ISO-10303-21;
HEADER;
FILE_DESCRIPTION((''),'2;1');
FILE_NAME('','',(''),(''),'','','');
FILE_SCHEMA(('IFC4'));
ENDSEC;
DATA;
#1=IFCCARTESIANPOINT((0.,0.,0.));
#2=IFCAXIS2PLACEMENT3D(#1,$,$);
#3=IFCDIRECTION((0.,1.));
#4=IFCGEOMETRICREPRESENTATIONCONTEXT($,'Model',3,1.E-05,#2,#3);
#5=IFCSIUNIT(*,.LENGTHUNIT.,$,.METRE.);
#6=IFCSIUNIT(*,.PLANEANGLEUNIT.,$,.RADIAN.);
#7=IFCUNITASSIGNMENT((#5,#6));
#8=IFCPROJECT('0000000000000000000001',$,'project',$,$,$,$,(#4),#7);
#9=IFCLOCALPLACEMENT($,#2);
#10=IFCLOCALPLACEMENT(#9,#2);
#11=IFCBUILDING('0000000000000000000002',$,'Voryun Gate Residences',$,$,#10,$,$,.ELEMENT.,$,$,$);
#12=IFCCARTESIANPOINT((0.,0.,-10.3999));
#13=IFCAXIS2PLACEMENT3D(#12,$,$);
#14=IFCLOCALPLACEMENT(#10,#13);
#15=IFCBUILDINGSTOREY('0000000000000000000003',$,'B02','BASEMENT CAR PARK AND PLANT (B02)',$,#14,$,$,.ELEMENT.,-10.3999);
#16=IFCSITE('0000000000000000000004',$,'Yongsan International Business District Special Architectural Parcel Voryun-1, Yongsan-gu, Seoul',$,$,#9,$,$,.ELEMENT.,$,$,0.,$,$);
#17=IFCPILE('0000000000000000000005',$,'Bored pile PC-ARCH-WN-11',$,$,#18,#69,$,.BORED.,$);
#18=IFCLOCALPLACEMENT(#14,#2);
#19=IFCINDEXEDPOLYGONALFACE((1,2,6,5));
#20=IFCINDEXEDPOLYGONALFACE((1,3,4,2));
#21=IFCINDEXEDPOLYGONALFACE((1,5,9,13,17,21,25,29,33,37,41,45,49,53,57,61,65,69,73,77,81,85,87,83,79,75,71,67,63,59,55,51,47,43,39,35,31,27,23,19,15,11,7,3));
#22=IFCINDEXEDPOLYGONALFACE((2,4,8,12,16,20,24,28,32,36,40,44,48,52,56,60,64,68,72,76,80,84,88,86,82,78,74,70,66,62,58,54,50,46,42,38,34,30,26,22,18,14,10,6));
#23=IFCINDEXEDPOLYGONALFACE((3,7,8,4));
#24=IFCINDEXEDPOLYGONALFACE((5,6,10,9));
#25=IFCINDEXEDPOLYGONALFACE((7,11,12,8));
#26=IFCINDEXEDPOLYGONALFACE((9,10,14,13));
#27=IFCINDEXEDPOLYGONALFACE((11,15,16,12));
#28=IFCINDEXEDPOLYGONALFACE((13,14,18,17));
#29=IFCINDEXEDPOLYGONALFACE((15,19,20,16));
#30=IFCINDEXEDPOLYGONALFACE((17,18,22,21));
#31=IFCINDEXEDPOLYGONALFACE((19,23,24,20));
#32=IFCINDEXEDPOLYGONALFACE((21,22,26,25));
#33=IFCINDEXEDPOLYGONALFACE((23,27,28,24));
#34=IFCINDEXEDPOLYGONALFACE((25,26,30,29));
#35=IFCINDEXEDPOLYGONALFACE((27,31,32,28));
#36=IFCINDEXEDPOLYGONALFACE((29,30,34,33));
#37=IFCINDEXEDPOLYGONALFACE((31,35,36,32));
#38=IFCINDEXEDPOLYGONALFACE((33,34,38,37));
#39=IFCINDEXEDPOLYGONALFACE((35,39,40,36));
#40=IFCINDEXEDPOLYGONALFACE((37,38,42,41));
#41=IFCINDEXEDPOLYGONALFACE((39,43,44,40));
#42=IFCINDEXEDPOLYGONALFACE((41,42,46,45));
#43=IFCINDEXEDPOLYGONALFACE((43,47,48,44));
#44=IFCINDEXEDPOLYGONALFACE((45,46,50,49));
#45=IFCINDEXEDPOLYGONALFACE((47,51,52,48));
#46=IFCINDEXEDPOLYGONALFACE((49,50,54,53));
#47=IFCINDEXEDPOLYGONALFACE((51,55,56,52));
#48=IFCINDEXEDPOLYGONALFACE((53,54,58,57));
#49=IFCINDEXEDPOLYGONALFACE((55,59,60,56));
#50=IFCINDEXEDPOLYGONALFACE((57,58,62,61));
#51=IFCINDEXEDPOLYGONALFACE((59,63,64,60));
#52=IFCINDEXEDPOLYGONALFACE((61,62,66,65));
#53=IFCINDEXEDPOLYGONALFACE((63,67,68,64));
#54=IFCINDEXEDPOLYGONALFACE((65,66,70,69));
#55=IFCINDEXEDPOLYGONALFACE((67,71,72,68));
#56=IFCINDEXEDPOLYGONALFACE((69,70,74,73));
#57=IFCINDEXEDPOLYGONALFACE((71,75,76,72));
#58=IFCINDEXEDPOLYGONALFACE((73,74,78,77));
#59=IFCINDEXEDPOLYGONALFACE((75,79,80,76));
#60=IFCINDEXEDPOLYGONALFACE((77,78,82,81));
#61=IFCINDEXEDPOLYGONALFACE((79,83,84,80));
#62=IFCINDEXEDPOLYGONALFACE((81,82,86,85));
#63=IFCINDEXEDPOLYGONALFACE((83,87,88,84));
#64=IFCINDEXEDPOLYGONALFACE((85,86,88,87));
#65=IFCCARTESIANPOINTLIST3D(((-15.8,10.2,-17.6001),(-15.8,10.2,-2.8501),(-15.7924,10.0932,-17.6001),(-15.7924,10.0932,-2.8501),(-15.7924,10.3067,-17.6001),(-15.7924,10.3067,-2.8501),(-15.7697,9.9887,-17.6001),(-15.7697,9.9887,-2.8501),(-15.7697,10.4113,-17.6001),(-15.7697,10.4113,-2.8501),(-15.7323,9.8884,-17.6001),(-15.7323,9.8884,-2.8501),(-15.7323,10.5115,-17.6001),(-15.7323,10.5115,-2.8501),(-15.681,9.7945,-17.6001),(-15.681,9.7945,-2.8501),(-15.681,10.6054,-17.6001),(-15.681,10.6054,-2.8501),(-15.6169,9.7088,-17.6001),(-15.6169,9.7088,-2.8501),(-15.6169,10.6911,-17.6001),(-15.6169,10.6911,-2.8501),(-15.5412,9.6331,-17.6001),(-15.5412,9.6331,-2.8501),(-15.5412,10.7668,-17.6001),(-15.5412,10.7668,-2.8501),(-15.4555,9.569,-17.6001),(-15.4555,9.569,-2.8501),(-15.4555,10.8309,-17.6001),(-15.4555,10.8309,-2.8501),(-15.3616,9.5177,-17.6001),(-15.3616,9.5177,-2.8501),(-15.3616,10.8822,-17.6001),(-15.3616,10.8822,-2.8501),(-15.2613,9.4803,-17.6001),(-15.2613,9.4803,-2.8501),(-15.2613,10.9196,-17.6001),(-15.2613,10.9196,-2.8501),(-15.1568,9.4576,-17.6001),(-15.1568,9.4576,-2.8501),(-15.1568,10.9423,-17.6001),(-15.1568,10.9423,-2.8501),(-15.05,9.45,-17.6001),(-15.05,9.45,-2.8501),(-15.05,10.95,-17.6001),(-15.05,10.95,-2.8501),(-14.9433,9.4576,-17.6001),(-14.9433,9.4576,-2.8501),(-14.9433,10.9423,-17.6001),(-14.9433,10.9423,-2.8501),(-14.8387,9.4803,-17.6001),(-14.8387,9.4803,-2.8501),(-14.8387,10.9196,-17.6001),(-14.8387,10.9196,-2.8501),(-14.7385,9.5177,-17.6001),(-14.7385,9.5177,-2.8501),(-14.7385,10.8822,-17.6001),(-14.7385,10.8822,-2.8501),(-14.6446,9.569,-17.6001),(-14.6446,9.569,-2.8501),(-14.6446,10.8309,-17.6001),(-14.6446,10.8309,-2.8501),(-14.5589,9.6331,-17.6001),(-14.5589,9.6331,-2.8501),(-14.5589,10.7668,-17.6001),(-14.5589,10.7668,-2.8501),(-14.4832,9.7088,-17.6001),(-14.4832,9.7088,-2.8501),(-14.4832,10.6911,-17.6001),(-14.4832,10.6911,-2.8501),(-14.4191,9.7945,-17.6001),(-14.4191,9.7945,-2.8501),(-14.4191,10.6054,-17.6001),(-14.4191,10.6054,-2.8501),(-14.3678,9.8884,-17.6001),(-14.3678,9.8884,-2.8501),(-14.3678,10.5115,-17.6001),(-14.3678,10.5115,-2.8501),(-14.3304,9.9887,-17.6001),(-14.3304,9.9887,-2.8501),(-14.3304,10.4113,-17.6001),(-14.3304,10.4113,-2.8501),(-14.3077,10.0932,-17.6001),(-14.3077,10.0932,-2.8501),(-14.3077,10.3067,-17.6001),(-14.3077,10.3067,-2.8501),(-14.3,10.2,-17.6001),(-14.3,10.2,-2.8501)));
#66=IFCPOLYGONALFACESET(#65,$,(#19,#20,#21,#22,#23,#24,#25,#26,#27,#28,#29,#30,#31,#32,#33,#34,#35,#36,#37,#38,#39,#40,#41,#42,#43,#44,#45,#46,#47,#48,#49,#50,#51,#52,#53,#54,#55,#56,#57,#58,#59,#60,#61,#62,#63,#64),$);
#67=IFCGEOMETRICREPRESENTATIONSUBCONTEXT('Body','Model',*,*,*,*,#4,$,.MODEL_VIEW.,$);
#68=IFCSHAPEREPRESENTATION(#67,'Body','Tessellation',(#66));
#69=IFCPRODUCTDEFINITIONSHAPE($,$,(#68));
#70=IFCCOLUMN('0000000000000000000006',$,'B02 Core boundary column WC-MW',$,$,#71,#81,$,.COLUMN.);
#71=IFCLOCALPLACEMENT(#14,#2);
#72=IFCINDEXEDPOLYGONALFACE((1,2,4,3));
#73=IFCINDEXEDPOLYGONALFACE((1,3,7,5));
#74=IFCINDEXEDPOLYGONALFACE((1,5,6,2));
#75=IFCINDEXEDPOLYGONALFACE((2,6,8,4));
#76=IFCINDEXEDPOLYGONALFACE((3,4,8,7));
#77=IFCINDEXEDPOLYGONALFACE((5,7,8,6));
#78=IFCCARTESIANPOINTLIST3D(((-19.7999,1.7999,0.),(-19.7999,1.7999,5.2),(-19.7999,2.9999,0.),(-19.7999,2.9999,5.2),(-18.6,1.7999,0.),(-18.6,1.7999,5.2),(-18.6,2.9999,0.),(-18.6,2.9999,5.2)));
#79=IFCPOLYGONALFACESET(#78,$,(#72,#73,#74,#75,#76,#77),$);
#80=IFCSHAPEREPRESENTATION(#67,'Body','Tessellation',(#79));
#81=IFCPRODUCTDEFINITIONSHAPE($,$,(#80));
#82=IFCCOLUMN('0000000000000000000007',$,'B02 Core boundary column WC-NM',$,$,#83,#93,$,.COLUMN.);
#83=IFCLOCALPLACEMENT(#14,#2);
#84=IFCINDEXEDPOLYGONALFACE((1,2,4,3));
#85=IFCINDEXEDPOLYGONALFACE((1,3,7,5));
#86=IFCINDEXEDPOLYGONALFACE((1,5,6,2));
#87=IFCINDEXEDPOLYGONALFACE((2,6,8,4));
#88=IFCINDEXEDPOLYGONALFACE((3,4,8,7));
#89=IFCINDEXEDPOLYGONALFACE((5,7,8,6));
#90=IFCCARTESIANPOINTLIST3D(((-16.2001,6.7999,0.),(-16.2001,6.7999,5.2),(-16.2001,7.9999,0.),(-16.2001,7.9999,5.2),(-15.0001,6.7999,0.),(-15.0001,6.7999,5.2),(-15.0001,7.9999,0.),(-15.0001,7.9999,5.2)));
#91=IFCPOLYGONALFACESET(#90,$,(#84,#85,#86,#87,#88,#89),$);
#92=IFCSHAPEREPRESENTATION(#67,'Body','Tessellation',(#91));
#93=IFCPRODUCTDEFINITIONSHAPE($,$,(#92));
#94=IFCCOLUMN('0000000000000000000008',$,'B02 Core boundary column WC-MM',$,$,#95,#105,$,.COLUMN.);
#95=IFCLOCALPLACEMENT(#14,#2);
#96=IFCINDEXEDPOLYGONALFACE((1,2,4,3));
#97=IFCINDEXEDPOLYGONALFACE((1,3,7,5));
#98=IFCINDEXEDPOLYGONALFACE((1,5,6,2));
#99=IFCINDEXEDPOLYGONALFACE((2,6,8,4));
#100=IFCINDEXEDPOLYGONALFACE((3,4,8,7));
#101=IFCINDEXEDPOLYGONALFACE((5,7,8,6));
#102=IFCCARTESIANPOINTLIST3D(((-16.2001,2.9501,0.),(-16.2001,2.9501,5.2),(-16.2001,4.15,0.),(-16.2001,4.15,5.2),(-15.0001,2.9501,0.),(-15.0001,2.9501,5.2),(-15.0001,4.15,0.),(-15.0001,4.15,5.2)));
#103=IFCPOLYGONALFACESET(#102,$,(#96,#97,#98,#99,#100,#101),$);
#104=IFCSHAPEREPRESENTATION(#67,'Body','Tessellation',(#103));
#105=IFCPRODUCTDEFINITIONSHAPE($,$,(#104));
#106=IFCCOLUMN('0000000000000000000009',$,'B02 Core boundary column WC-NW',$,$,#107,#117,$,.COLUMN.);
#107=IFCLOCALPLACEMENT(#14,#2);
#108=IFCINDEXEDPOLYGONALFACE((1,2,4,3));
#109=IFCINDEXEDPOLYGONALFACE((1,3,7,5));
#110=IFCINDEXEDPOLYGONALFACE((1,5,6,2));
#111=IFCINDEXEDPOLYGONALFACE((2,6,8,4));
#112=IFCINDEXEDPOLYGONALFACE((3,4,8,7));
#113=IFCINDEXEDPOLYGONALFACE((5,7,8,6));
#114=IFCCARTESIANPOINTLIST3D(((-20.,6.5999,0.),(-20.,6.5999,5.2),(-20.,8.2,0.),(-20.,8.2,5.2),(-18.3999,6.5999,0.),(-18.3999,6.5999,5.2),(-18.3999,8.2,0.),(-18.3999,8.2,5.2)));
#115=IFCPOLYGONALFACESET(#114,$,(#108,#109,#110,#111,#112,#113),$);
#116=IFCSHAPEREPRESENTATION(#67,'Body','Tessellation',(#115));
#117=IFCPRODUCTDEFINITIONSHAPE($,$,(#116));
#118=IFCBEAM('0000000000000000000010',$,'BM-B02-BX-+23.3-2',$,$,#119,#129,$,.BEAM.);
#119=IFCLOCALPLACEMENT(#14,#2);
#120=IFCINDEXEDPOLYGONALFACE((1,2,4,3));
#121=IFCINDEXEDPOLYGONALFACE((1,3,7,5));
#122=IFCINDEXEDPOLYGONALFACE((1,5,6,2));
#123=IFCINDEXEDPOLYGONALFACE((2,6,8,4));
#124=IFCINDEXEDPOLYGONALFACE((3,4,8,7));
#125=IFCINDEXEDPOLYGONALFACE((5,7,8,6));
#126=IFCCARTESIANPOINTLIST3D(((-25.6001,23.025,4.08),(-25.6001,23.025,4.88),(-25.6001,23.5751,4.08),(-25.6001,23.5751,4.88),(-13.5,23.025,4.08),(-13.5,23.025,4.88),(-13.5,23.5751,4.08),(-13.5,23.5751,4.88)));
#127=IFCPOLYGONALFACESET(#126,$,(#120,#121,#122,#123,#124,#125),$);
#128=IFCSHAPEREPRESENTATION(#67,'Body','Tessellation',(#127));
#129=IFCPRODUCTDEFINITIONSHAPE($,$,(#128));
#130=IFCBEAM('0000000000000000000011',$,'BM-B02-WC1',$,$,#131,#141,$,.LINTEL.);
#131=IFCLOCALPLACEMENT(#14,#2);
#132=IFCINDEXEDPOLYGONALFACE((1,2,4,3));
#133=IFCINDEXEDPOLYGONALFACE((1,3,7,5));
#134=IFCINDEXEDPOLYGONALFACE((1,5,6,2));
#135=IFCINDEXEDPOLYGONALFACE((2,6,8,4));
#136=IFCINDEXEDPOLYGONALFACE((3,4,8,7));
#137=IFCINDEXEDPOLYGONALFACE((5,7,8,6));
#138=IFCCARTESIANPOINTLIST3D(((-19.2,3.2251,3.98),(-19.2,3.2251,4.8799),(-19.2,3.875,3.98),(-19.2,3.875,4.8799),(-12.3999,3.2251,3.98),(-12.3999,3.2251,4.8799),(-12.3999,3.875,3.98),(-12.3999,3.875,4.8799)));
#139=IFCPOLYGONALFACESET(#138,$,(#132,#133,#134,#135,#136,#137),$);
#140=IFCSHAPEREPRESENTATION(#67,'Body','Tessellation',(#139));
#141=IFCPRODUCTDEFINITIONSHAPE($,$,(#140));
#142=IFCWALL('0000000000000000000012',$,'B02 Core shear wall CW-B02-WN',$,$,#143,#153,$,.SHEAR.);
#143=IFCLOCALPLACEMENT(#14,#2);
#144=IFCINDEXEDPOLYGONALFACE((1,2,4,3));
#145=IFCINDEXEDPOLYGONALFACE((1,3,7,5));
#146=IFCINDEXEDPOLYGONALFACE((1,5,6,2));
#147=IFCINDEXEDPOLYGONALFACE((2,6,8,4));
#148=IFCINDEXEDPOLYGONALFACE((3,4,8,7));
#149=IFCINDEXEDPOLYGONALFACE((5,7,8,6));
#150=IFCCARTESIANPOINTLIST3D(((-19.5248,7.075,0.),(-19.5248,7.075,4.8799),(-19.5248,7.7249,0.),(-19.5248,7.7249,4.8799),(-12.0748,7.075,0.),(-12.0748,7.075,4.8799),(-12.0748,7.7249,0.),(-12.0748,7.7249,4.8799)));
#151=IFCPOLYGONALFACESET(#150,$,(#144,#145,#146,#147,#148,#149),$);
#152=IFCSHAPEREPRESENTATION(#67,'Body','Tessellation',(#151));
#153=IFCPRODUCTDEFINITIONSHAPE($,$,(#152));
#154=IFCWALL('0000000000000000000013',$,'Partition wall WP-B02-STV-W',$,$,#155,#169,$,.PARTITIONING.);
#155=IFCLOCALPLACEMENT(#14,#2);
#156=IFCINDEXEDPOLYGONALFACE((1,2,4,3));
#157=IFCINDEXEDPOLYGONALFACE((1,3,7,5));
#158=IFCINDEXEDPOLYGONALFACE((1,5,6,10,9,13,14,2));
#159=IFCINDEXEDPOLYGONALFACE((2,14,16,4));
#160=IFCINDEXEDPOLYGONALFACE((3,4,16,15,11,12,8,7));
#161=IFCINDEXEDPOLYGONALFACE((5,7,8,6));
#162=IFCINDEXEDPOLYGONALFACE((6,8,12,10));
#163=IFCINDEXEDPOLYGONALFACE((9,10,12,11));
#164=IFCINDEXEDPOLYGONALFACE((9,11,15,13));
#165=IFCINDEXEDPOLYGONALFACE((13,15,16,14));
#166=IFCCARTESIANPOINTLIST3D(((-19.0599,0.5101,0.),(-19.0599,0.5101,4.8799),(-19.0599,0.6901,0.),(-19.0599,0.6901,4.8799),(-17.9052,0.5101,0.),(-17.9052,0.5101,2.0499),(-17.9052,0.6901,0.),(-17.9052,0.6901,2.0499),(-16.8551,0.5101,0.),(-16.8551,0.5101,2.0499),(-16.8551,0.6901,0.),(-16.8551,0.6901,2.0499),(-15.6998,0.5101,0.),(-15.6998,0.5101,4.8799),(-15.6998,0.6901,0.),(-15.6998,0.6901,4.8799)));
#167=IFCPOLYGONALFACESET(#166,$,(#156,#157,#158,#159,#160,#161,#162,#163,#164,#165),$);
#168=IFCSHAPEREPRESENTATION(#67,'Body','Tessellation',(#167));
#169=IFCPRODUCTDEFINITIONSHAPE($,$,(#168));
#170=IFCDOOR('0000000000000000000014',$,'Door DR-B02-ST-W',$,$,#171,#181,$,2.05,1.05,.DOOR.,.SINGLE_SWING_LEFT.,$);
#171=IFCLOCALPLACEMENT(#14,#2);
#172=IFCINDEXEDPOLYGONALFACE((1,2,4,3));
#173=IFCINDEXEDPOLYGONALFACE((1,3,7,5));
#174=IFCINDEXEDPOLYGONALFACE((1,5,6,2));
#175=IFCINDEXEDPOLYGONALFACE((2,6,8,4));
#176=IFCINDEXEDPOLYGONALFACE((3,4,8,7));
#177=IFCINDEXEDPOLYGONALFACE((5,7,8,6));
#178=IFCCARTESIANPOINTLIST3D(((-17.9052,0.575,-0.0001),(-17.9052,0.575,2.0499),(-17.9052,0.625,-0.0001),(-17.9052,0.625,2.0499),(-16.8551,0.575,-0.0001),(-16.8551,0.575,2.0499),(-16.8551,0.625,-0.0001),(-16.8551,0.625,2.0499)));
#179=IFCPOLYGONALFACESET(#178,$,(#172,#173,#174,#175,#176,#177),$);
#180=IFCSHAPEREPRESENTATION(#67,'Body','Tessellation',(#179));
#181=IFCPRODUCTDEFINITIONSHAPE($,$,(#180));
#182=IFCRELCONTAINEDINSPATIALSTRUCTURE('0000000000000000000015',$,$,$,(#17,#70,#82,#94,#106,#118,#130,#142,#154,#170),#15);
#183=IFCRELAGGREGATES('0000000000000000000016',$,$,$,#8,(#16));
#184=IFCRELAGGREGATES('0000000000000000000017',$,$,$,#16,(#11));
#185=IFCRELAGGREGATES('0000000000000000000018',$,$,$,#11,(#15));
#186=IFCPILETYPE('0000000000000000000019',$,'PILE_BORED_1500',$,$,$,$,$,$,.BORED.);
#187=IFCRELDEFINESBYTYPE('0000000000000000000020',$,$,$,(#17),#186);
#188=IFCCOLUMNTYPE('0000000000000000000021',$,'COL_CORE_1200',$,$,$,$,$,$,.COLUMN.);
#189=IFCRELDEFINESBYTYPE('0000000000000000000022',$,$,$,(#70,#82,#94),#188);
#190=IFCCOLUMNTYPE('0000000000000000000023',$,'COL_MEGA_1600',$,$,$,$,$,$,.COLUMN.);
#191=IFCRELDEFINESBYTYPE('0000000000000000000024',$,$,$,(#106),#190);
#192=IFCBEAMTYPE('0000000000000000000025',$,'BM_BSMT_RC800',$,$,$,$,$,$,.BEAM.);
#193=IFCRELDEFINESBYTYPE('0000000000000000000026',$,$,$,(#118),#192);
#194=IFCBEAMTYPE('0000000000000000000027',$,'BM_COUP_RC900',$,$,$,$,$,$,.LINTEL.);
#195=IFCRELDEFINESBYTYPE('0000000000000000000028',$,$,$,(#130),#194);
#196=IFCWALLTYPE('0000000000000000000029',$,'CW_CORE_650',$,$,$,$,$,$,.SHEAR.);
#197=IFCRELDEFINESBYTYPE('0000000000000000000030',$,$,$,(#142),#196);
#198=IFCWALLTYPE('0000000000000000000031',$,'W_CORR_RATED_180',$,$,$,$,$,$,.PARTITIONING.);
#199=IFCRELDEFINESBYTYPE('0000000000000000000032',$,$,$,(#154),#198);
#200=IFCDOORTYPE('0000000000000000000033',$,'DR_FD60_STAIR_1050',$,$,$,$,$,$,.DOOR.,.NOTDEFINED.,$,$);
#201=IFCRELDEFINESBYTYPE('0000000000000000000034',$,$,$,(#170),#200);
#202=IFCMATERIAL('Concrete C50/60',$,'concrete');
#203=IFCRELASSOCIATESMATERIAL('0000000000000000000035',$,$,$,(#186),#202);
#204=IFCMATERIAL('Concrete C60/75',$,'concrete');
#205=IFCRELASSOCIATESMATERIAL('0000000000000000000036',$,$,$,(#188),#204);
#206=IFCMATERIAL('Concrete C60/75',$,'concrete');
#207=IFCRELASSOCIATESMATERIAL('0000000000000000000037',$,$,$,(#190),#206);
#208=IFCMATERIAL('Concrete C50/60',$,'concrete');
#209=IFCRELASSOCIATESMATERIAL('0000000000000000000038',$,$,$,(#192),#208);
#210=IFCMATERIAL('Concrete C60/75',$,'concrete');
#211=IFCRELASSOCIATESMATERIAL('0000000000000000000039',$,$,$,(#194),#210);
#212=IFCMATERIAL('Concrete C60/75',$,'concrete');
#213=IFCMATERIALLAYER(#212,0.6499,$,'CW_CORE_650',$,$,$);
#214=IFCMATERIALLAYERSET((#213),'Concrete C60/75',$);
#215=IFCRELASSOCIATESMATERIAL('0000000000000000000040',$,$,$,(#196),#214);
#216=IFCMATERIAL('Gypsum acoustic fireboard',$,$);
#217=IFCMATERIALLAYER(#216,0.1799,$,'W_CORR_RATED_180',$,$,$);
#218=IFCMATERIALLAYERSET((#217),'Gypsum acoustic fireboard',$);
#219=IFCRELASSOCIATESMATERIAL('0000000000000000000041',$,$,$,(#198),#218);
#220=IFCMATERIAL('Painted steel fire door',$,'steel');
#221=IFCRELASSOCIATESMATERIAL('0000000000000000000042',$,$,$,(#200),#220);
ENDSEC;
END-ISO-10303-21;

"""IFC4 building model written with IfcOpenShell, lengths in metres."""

from ifc_helpers import new_model, si_unit, direction, frame, frame_2d, origin, origin_2d, place, context, subcontext, project, spatial, rectangle, circle, extrude, material, layer, layer_set, material_profile, profile_set, type_object, element, fill, save


model = new_model("IFC4")

# Units and contexts
model_context = context("Model", 3, precision=1e-05, world=origin(), true_north=direction((0.0, 1.0)))
body_context = subcontext(model_context, "Body", "Model", "MODEL_VIEW")
ifc_project = project(units=[si_unit("LENGTHUNIT", "METRE"), si_unit("PLANEANGLEUNIT", "RADIAN")], contexts=[model_context])

# Site, building, storey
site_placement = place(None, origin())
site = spatial("IfcSite", under=ifc_project, at=site_placement, Name="Yongsan International Business District Special Architectural Parcel Voryun-1, Yongsan-gu, Seoul", CompositionType="ELEMENT", RefElevation=0.0)
building_placement = place(site_placement, origin())
building = spatial("IfcBuilding", under=site, at=building_placement, Name="Voryun Gate Residences", CompositionType="ELEMENT")
storey_placement = place(building_placement, frame((0.0, 0.0, -10.3999)))
storey = spatial("IfcBuildingStorey", under=building, at=storey_placement, Name="B02", Description="BASEMENT CAR PARK AND PLANT (B02)", CompositionType="ELEMENT", Elevation=-10.3999)

# Pile
ifc_material_1 = material(Name="Concrete C50/60", Category="concrete")
ifc_material_profile_1 = material_profile(ifc_material_1, circle(Radius=0.75, at=origin_2d()), Name="PILE-D1500")
ifc_profile_set_1 = profile_set([ifc_material_profile_1], Name="Concrete C50/60")
pile_type_1 = type_object("IfcPileType", Name="PILE_BORED_1500", PredefinedType="BORED", material=ifc_profile_set_1)
for number, where, z_axis, x_axis, name in (
    (1, (-15.05, 10.2, -2.8501), (0.0, 0.0, -1.0), (1.0, 0.0, 0.0), "Bored pile PC-ARCH-WN-11"),
):
    element("IfcPile", number, at=place(storey_placement, frame(where, z_axis=z_axis, x_axis=x_axis)), inside=storey, type_object=pile_type_1, Name=name, PredefinedType="BORED", context=body_context, shape_type="SweptSolid", body=[
        extrude(circle(Radius=0.75, at=origin_2d()), origin(), (0.0, 0.0, 1.0), 14.75),
    ])

# Columns
ifc_material_2 = material(Name="Concrete C60/75", Category="concrete")
ifc_material_profile_2 = material_profile(ifc_material_2, rectangle(XDim=1.2, YDim=1.2, at=origin_2d()), Name="RC-1200x1200")
ifc_profile_set_2 = profile_set([ifc_material_profile_2], Name="Concrete C60/75")
column_type_1 = type_object("IfcColumnType", Name="COL_CORE_1200", PredefinedType="COLUMN", material=ifc_profile_set_2)
for number, where, z_axis, x_axis, name in (
    (2, (-19.2, 2.3999, 0.0), (0.0, 0.0, 1.0), (1.0, 0.0, 0.0), "B02 Core boundary column WC-MW"),
    (3, (-15.6001, 7.3999, 0.0), (0.0, 0.0, 1.0), (1.0, 0.0, 0.0), "B02 Core boundary column WC-NM"),
    (4, (-15.6001, 3.55, 0.0), (0.0, 0.0, 1.0), (1.0, 0.0, 0.0), "B02 Core boundary column WC-MM"),
):
    element("IfcColumn", number, at=place(storey_placement, frame(where, z_axis=z_axis, x_axis=x_axis)), inside=storey, type_object=column_type_1, Name=name, PredefinedType="COLUMN", context=body_context, shape_type="SweptSolid", body=[
        extrude(rectangle(XDim=1.2, YDim=1.2, at=origin_2d()), origin(), (0.0, 0.0, 1.0), 5.2),
    ])
ifc_material_3 = material(Name="Concrete C60/75", Category="concrete")
ifc_material_profile_3 = material_profile(ifc_material_3, rectangle(XDim=1.6001, YDim=1.6001, at=origin_2d()), Name="RC-1600x1600")
ifc_profile_set_3 = profile_set([ifc_material_profile_3], Name="Concrete C60/75")
column_type_2 = type_object("IfcColumnType", Name="COL_MEGA_1600", PredefinedType="COLUMN", material=ifc_profile_set_3)
column_placement = place(storey_placement, frame((-19.2, 7.3999, 0.0), z_axis=(0.0, 0.0, 1.0), x_axis=(1.0, 0.0, 0.0)))
element("IfcColumn", 5, at=column_placement, inside=storey, type_object=column_type_2, Name="B02 Core boundary column WC-NW", PredefinedType="COLUMN", context=body_context, shape_type="SweptSolid", body=[
    extrude(rectangle(XDim=1.6001, YDim=1.6001, at=origin_2d()), origin(), (0.0, 0.0, 1.0), 5.2),
])

# Beams
ifc_material_4 = material(Name="Concrete C50/60", Category="concrete")
ifc_material_profile_4 = material_profile(ifc_material_4, rectangle(XDim=0.55, YDim=0.8, at=origin_2d()), Name="RC-550x800")
ifc_profile_set_4 = profile_set([ifc_material_profile_4], Name="Concrete C50/60")
beam_type_1 = type_object("IfcBeamType", Name="BM_BSMT_RC800", PredefinedType="BEAM", material=ifc_profile_set_4)
beam_1_placement = place(storey_placement, frame((-25.6001, 23.3, 4.48), z_axis=(1.0, 0.0, 0.0), x_axis=(0.0, 1.0, 0.0)))
element("IfcBeam", 6, at=beam_1_placement, inside=storey, type_object=beam_type_1, Name="BM-B02-BX-+23.3-2", PredefinedType="BEAM", context=body_context, shape_type="SweptSolid", body=[
    extrude(rectangle(XDim=0.55, YDim=0.8, at=origin_2d()), origin(), (0.0, 0.0, 1.0), 12.1001),
])
ifc_material_5 = material(Name="Concrete C60/75", Category="concrete")
ifc_material_profile_5 = material_profile(ifc_material_5, rectangle(XDim=0.6499, YDim=0.8999, at=origin_2d()), Name="RC-650x900")
ifc_profile_set_5 = profile_set([ifc_material_profile_5], Name="Concrete C60/75")
beam_type_2 = type_object("IfcBeamType", Name="BM_COUP_RC900", PredefinedType="LINTEL", material=ifc_profile_set_5)
beam_2_placement = place(storey_placement, frame((-19.2, 3.55, 4.4299), z_axis=(1.0, 0.0, 0.0), x_axis=(0.0, 1.0, 0.0)))
element("IfcBeam", 7, at=beam_2_placement, inside=storey, type_object=beam_type_2, Name="BM-B02-WC1", PredefinedType="LINTEL", context=body_context, shape_type="SweptSolid", body=[
    extrude(rectangle(XDim=0.6499, YDim=0.8999, at=origin_2d()), origin(), (0.0, 0.0, 1.0), 6.8),
])

# Wall
ifc_material_6 = material(Name="Concrete C60/75", Category="concrete")
ifc_layer_1 = layer(ifc_material_6, 0.6499, Name="CW_CORE_650")
ifc_layer_set_1 = layer_set([ifc_layer_1], Name="Concrete C60/75")
wall_type_1 = type_object("IfcWallType", Name="CW_CORE_650", PredefinedType="SHEAR", material=ifc_layer_set_1)
wall_1_placement = place(storey_placement, frame((-19.5249, 7.3999, 0.0), z_axis=(0.0, 0.0, 1.0), x_axis=(1.0, 0.0, 0.0)))
element("IfcWall", 8, at=wall_1_placement, inside=storey, type_object=wall_type_1, Name="B02 Core shear wall CW-B02-WN", PredefinedType="SHEAR", context=body_context, shape_type="SweptSolid", body=[
    extrude(rectangle(XDim=7.45, YDim=0.6499, at=frame_2d((3.7251, 0.0))), origin(), (0.0, 0.0, 1.0), 4.8799),
])

# Wall, opening, door
ifc_material_7 = material(Name="Gypsum acoustic fireboard")
ifc_layer_2 = layer(ifc_material_7, 0.1799, Name="W_CORR_RATED_180")
ifc_layer_set_2 = layer_set([ifc_layer_2], Name="Gypsum acoustic fireboard")
wall_type_2 = type_object("IfcWallType", Name="W_CORR_RATED_180", PredefinedType="PARTITIONING", material=ifc_layer_set_2)
wall_2_placement = place(storey_placement, frame((-19.0601, 0.6001, 0.0), z_axis=(0.0, 0.0, 1.0), x_axis=(1.0, 0.0, 0.0)))
wall_2 = element("IfcWall", 9, at=wall_2_placement, inside=storey, type_object=wall_type_2, Name="Partition wall WP-B02-STV-W", PredefinedType="PARTITIONING", context=body_context, shape_type="SweptSolid", body=[
    extrude(rectangle(XDim=3.3601, YDim=0.1799, at=frame_2d((1.6802, 0.0))), origin(), (0.0, 0.0, 1.0), 4.8799),
])
opening_1_placement = place(wall_2_placement, frame((1.155, 0.0, 0.0)))
opening_1 = element("IfcOpeningElement", 10, at=opening_1_placement, cuts=wall_2, PredefinedType="OPENING", context=body_context, shape_type="SweptSolid", body=[
    extrude(rectangle(XDim=1.05, YDim=2.05, at=frame_2d((0.5249, 1.0249))), frame((0.0, 0.0999, 0.0), z_axis=(0.0, -1.0, 0.0), x_axis=(1.0, 0.0, 0.0)), (0.0, 0.0, 1.0), 0.2),
])
ifc_material_8 = material(Name="Painted steel fire door", Category="steel")
door_type_1 = type_object("IfcDoorType", Name="DR_FD60_STAIR_1050", OperationType="NOTDEFINED", PredefinedType="DOOR", material=ifc_material_8)
door_1_placement = place(opening_1_placement, origin())
door_1 = element("IfcDoor", 11, at=door_1_placement, inside=storey, type_object=door_type_1, Name="Door DR-B02-ST-W", OperationType="SINGLE_SWING_LEFT", OverallHeight=2.05, OverallWidth=1.05, PredefinedType="DOOR", context=body_context, shape_type="SweptSolid", body=[
    extrude(rectangle(XDim=1.05, YDim=2.05, at=frame_2d((0.5249, 1.0249))), frame((0.0, 0.0249, 0.0), z_axis=(0.0, -1.0, 0.0), x_axis=(1.0, 0.0, 0.0)), (0.0, 0.0, 1.0), 0.05),
])
fill(opening_1, door_1)

save(model, "model.ifc")
